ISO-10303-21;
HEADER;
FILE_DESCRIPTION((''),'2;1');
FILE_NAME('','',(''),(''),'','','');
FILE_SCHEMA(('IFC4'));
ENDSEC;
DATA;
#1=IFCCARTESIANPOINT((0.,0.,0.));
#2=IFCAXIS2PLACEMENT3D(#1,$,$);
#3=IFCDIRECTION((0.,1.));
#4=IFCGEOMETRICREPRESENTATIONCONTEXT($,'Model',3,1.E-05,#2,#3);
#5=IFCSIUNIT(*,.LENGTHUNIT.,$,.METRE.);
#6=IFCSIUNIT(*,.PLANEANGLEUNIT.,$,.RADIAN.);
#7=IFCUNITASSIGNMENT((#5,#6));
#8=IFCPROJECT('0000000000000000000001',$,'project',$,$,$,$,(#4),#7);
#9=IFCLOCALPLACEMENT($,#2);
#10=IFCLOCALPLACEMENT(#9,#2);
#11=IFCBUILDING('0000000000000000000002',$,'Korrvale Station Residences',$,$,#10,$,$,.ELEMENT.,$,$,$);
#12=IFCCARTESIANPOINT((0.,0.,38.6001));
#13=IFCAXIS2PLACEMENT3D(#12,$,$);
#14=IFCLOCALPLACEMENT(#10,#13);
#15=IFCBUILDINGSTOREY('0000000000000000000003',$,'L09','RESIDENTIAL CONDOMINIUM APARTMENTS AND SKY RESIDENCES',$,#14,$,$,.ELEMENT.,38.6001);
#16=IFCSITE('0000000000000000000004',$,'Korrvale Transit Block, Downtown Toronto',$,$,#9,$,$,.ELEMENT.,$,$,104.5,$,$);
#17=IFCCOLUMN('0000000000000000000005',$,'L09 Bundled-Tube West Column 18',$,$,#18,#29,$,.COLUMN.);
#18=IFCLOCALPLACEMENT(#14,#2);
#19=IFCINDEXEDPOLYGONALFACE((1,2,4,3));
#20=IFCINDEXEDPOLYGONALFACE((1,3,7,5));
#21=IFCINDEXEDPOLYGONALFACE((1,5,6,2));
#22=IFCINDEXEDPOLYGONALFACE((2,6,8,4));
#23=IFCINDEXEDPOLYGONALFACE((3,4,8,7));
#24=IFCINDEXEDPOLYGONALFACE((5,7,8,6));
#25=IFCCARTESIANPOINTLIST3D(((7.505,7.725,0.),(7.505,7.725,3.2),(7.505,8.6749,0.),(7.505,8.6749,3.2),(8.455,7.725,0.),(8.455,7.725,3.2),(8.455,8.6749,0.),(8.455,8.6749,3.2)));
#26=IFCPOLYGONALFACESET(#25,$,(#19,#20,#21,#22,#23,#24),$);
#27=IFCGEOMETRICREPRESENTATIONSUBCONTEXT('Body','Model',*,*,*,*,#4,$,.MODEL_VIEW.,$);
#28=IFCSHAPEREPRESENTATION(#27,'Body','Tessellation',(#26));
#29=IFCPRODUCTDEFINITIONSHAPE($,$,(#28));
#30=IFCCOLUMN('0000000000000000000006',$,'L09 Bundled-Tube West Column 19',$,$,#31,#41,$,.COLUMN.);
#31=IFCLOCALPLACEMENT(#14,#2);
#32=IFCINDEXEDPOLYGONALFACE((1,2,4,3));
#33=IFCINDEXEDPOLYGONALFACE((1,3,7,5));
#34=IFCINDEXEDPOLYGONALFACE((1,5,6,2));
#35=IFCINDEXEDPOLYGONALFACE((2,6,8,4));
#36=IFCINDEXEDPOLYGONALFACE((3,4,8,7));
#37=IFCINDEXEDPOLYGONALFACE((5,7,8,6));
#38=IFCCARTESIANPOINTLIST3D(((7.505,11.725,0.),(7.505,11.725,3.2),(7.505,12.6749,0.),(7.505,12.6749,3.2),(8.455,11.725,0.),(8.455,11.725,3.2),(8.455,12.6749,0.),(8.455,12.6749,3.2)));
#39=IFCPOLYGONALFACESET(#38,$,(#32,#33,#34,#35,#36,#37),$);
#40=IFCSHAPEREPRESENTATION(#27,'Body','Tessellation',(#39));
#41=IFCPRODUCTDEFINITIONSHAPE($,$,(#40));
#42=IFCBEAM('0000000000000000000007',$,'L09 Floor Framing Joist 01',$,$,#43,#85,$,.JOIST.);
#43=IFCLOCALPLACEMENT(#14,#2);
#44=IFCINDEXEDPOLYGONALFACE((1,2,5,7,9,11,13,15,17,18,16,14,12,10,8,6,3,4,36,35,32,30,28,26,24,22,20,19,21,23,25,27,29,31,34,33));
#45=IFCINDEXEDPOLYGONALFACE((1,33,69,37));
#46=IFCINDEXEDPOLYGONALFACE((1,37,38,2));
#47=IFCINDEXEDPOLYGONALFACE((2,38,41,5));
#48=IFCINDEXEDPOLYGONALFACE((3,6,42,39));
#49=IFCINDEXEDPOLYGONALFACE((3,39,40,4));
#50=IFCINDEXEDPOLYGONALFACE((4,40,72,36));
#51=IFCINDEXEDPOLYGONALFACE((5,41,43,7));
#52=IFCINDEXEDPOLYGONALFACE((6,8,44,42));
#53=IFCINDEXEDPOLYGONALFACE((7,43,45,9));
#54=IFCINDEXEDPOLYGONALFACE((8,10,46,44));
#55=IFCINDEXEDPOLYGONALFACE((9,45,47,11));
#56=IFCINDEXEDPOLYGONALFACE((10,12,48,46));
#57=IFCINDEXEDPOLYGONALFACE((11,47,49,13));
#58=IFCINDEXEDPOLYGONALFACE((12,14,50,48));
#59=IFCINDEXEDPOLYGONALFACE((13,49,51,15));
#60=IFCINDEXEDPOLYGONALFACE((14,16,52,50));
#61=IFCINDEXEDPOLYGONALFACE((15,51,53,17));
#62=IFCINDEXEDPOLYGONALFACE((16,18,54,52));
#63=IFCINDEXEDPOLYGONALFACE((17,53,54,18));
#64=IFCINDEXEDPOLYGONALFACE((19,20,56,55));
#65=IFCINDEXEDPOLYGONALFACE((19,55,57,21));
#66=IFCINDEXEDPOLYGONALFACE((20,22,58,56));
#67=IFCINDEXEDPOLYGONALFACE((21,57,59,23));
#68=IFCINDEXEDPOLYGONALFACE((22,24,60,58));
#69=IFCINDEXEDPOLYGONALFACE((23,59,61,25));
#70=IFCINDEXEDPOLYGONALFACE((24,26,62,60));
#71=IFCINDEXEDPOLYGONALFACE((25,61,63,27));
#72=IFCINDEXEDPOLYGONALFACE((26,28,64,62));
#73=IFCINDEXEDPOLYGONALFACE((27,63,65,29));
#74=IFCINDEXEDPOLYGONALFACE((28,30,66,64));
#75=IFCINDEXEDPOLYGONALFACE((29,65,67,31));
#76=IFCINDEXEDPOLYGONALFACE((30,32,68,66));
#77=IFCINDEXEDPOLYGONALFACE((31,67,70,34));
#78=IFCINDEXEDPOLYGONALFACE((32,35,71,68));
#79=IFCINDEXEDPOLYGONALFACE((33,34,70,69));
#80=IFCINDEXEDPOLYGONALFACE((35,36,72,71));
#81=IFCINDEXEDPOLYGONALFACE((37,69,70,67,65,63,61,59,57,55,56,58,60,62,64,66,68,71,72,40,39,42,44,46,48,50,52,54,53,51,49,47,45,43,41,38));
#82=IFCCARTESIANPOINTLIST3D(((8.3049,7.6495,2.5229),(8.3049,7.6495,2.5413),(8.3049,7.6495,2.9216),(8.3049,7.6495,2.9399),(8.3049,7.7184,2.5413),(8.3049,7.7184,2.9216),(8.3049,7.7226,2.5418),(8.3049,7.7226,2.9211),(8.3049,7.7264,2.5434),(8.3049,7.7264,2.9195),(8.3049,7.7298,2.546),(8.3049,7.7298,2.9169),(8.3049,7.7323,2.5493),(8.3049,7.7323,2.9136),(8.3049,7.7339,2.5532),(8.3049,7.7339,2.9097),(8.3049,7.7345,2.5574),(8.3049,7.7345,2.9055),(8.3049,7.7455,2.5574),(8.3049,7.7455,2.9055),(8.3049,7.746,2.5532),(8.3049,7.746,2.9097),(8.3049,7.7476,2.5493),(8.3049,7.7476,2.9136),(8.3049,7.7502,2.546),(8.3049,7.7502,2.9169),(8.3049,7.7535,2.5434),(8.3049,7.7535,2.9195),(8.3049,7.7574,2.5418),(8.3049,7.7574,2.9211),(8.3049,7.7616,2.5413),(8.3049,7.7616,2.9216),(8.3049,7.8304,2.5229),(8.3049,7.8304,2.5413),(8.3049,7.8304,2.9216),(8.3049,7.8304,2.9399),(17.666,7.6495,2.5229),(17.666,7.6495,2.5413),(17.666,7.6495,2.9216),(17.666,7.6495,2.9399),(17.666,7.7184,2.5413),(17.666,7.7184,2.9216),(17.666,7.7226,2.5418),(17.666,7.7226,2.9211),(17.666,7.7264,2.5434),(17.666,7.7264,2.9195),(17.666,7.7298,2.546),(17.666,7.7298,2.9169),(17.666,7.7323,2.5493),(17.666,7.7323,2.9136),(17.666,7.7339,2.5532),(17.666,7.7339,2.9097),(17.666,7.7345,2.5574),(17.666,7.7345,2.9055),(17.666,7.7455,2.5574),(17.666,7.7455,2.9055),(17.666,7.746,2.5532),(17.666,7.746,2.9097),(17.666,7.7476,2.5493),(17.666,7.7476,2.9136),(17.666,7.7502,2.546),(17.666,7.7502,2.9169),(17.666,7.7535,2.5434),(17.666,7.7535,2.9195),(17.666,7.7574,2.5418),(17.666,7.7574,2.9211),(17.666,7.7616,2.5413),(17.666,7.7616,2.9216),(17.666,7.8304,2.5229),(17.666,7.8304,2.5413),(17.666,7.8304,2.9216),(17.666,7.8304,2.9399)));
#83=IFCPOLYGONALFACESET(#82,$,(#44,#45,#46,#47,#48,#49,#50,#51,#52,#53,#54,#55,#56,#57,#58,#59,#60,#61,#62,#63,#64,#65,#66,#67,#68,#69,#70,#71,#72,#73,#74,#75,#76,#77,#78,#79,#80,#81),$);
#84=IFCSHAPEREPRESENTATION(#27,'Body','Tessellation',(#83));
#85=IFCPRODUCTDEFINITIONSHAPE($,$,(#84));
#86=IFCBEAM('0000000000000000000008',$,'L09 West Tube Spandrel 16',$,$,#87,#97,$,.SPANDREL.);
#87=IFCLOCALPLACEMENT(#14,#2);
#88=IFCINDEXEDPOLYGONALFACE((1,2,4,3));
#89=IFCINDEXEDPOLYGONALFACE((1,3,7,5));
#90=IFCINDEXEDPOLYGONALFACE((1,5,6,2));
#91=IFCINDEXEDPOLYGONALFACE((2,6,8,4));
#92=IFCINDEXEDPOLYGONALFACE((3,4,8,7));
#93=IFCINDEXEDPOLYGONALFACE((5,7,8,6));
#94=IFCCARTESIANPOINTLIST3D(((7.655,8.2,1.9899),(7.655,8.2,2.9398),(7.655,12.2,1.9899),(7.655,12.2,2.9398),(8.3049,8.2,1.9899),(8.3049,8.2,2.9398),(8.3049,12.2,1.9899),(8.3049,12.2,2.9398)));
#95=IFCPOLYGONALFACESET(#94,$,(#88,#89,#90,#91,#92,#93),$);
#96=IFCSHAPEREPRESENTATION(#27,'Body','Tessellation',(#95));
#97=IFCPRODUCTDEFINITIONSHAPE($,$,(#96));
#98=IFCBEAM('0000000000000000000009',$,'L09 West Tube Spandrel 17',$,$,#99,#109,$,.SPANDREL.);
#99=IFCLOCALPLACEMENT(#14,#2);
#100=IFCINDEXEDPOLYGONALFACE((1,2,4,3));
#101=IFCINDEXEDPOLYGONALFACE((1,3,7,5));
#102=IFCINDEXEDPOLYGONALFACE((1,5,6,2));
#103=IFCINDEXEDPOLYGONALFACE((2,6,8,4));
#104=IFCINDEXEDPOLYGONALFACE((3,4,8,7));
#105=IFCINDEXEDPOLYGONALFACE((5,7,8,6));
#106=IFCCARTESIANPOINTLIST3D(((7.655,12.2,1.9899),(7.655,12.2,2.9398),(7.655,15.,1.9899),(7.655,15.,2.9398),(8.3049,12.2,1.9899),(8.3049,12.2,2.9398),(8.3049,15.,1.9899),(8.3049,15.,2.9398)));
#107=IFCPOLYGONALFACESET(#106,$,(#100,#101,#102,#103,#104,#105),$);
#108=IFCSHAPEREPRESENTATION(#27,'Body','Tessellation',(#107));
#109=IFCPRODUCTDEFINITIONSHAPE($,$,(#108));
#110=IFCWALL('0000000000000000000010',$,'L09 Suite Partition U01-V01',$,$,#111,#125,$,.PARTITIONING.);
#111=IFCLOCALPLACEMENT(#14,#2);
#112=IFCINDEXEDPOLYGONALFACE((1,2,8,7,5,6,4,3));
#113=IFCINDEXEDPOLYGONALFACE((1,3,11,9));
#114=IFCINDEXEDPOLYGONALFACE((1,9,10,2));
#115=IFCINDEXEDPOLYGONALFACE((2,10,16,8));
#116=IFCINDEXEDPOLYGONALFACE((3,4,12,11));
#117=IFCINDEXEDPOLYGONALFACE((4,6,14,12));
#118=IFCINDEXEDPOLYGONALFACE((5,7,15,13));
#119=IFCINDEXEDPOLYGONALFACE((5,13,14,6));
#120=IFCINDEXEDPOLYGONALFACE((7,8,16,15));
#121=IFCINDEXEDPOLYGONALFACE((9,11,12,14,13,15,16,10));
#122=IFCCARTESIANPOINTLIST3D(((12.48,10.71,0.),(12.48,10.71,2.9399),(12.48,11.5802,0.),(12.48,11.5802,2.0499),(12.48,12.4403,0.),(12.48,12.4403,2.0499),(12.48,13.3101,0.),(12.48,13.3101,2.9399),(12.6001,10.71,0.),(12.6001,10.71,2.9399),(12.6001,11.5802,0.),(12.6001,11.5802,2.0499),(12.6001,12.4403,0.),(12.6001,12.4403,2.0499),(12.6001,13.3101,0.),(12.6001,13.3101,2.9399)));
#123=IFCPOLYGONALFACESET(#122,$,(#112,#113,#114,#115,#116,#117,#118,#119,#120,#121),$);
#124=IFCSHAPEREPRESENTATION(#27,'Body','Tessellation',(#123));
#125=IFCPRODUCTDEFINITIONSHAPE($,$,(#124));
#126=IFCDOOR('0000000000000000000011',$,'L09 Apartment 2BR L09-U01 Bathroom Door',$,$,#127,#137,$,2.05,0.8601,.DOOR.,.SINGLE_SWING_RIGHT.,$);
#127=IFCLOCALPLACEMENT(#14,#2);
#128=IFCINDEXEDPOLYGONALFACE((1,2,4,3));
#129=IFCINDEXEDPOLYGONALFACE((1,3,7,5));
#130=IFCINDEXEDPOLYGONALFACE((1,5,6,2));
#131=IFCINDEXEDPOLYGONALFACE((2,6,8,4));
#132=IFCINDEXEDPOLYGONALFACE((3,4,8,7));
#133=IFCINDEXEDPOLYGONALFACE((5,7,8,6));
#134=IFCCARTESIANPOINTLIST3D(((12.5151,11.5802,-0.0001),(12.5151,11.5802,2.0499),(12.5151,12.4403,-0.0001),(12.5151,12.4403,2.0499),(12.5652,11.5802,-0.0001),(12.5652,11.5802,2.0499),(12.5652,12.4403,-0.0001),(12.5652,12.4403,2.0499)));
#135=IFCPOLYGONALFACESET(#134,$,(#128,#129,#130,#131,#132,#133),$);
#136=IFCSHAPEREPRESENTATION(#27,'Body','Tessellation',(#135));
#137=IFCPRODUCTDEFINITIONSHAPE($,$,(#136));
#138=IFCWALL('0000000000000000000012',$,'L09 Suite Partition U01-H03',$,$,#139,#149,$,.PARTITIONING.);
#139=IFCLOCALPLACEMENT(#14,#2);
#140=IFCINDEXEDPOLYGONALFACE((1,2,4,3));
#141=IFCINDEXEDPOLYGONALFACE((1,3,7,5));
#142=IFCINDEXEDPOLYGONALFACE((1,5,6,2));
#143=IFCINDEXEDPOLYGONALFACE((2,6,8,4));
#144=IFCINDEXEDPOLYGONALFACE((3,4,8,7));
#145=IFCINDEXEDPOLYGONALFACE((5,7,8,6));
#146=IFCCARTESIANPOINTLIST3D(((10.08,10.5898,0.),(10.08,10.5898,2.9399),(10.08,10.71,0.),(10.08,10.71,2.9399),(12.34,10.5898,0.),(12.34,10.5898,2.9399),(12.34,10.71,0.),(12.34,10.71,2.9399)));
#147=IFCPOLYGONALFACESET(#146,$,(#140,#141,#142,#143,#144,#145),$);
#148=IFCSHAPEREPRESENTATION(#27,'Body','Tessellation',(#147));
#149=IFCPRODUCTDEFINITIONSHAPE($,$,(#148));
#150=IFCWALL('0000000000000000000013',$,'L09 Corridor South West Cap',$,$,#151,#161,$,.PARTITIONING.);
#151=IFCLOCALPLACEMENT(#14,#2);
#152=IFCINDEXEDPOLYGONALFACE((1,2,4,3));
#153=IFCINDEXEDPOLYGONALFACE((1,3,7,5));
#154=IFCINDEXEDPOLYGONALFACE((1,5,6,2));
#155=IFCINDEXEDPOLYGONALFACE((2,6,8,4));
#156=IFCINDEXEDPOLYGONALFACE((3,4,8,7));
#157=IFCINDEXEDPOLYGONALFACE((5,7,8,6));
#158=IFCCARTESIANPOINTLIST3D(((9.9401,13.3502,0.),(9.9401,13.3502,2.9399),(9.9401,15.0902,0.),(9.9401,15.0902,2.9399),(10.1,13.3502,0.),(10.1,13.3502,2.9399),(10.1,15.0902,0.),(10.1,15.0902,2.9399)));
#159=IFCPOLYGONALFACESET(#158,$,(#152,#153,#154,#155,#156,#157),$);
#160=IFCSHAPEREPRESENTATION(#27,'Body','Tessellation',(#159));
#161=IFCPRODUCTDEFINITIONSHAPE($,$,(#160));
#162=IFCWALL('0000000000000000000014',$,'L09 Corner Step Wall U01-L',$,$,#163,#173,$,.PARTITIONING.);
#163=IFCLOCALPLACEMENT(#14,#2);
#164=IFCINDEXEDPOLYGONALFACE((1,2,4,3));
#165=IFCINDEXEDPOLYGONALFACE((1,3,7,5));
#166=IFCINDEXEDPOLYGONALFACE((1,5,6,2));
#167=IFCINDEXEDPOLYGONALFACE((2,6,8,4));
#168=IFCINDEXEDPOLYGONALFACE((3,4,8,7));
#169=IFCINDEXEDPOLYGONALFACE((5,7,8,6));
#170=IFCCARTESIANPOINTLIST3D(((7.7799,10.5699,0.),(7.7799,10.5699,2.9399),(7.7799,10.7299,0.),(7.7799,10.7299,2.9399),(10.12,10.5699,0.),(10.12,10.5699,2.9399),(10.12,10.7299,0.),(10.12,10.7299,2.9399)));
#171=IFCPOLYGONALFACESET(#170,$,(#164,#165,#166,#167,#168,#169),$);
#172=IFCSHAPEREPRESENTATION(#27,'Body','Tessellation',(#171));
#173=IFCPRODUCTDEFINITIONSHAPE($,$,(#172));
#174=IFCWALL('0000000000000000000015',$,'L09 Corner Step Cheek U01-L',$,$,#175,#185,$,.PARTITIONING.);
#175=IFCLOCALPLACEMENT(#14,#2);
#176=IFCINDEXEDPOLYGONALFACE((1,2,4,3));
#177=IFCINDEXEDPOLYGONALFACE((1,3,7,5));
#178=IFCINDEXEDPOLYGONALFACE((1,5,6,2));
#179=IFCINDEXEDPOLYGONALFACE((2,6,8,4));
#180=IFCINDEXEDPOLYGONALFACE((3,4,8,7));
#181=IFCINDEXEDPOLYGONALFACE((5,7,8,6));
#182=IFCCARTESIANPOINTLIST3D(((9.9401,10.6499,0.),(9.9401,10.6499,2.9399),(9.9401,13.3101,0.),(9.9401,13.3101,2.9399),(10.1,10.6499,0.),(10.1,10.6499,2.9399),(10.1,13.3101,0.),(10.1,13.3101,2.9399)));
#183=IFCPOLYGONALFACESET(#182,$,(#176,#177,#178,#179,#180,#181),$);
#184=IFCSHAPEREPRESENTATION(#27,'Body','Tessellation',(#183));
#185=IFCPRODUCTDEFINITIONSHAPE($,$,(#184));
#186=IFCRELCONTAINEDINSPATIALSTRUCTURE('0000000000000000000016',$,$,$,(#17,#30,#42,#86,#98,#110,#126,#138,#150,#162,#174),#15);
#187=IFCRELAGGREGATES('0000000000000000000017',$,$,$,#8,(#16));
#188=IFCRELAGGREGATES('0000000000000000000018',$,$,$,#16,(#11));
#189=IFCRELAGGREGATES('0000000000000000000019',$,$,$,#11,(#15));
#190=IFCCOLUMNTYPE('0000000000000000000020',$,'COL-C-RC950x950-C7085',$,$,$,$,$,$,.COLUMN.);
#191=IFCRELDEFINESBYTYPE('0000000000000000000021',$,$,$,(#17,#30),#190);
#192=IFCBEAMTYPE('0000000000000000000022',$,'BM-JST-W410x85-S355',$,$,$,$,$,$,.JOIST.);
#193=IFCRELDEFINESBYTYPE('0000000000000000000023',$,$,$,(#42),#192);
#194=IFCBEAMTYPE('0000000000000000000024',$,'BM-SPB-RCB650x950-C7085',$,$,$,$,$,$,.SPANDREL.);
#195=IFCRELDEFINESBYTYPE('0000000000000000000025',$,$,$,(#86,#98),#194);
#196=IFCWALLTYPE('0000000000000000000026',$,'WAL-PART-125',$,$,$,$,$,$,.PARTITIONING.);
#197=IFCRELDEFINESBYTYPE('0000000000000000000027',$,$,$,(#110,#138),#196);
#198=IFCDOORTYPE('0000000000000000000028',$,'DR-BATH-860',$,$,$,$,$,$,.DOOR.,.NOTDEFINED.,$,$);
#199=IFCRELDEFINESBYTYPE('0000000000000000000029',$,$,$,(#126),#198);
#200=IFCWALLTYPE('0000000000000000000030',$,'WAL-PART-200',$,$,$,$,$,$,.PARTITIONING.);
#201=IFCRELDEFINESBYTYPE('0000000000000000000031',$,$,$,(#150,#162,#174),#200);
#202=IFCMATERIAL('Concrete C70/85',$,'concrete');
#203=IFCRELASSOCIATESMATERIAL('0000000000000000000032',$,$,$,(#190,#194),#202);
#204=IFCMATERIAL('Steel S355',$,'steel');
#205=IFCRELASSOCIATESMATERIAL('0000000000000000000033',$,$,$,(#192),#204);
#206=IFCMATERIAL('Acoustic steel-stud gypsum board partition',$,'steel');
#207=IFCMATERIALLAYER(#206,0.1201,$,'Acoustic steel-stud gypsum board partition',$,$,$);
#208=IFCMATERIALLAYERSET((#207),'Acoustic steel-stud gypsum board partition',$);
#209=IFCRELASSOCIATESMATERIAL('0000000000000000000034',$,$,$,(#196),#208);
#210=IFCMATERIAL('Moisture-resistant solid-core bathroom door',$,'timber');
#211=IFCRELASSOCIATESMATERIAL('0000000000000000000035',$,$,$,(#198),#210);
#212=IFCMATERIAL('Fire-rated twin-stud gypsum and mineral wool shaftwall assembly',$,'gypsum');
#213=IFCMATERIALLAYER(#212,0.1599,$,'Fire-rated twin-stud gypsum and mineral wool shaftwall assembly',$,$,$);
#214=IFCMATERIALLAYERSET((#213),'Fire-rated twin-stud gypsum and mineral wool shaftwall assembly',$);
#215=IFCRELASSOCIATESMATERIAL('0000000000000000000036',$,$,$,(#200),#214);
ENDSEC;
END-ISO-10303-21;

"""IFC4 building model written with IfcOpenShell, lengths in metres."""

from ifc_helpers import new_model, si_unit, direction, frame, frame_2d, origin, origin_2d, place, context, subcontext, project, spatial, rectangle, i_section, extrude, material, layer, layer_set, material_profile, profile_set, type_object, element, fill, save


model = new_model("IFC4")

# Units and contexts
model_context = context("Model", 3, precision=1e-05, world=origin(), true_north=direction((0.0, 1.0)))
body_context = subcontext(model_context, "Body", "Model", "MODEL_VIEW")
ifc_project = project(units=[si_unit("LENGTHUNIT", "METRE"), si_unit("PLANEANGLEUNIT", "RADIAN")], contexts=[model_context])

# Site, building, storey
site_placement = place(None, origin())
site = spatial("IfcSite", under=ifc_project, at=site_placement, Name="Korrvale Transit Block, Downtown Toronto", CompositionType="ELEMENT", RefElevation=104.5)
building_placement = place(site_placement, origin())
building = spatial("IfcBuilding", under=site, at=building_placement, Name="Korrvale Station Residences", CompositionType="ELEMENT")
storey_placement = place(building_placement, frame((0.0, 0.0, 38.6001)))
storey = spatial("IfcBuildingStorey", under=building, at=storey_placement, Name="L09", Description="RESIDENTIAL CONDOMINIUM APARTMENTS AND SKY RESIDENCES", CompositionType="ELEMENT", Elevation=38.6001)

# Columns
ifc_material_1 = material(Name="Concrete C70/85", Category="concrete")
ifc_material_profile_1 = material_profile(ifc_material_1, rectangle(XDim=0.95, YDim=0.95, at=origin_2d()), Name="RC950x950")
ifc_profile_set_1 = profile_set([ifc_material_profile_1], Name="Concrete C70/85")
column_type = type_object("IfcColumnType", Name="COL-C-RC950x950-C7085", PredefinedType="COLUMN", material=ifc_profile_set_1)
for number, where, z_axis, x_axis, name in (
    (1, (7.98, 8.2, 0.0), (0.0, 0.0, 1.0), (1.0, 0.0, 0.0), "L09 Bundled-Tube West Column 18"),
    (2, (7.98, 12.2, 0.0), (0.0, 0.0, 1.0), (1.0, 0.0, 0.0), "L09 Bundled-Tube West Column 19"),
):
    element("IfcColumn", number, at=place(storey_placement, frame(where, z_axis=z_axis, x_axis=x_axis)), inside=storey, type_object=column_type, Name=name, PredefinedType="COLUMN", context=body_context, shape_type="SweptSolid", body=[
        extrude(rectangle(XDim=0.95, YDim=0.95, at=origin_2d()), origin(), (0.0, 0.0, 1.0), 3.2),
    ])

# Beams
ifc_material_2 = material(Name="Steel S355", Category="steel")
ifc_material_profile_2 = material_profile(ifc_material_2, i_section(OverallWidth=0.1809, OverallDepth=0.417, WebThickness=0.011, FlangeThickness=0.0183, FilletRadius=0.0161, at=origin_2d()), Name="W410x85")
ifc_profile_set_2 = profile_set([ifc_material_profile_2], Name="Steel S355")
beam_type_1 = type_object("IfcBeamType", Name="BM-JST-W410x85-S355", PredefinedType="JOIST", material=ifc_profile_set_2)
beam_1_placement = place(storey_placement, frame((8.3049, 7.74, 2.7314), z_axis=(1.0, 0.0, 0.0), x_axis=(0.0, 1.0, 0.0)))
element("IfcBeam", 3, at=beam_1_placement, inside=storey, type_object=beam_type_1, Name="L09 Floor Framing Joist 01", PredefinedType="JOIST", context=body_context, shape_type="SweptSolid", body=[
    extrude(i_section(OverallWidth=0.1809, OverallDepth=0.417, WebThickness=0.011, FlangeThickness=0.0183, FilletRadius=0.0161, at=origin_2d()), origin(), (0.0, 0.0, 1.0), 9.3611),
])
ifc_material_profile_3 = material_profile(ifc_material_1, rectangle(XDim=0.6499, YDim=0.95, at=origin_2d()), Name="RCB650x950")
ifc_profile_set_3 = profile_set([ifc_material_profile_3], Name="Concrete C70/85")
beam_type_2 = type_object("IfcBeamType", Name="BM-SPB-RCB650x950-C7085", PredefinedType="SPANDREL", material=ifc_profile_set_3)
beam_2_placement = place(storey_placement, frame((7.98, 8.2, 2.4648), z_axis=(0.0, 1.0, 0.0), x_axis=(-1.0, 0.0, 0.0)))
element("IfcBeam", 4, at=beam_2_placement, inside=storey, type_object=beam_type_2, Name="L09 West Tube Spandrel 16", PredefinedType="SPANDREL", context=body_context, shape_type="SweptSolid", body=[
    extrude(rectangle(XDim=0.6499, YDim=0.95, at=origin_2d()), origin(), (0.0, 0.0, 1.0), 4.0),
])
beam_3_placement = place(storey_placement, frame((7.98, 12.2, 2.4648), z_axis=(0.0, 1.0, 0.0), x_axis=(-1.0, 0.0, 0.0)))
element("IfcBeam", 5, at=beam_3_placement, inside=storey, type_object=beam_type_2, Name="L09 West Tube Spandrel 17", PredefinedType="SPANDREL", context=body_context, shape_type="SweptSolid", body=[
    extrude(rectangle(XDim=0.6499, YDim=0.95, at=origin_2d()), origin(), (0.0, 0.0, 1.0), 2.8),
])

# Wall, opening, door
ifc_material_3 = material(Name="Acoustic steel-stud gypsum board partition", Category="steel")
ifc_layer_1 = layer(ifc_material_3, 0.1201, Name="Acoustic steel-stud gypsum board partition")
ifc_layer_set_1 = layer_set([ifc_layer_1], Name="Acoustic steel-stud gypsum board partition")
wall_type_1 = type_object("IfcWallType", Name="WAL-PART-125", PredefinedType="PARTITIONING", material=ifc_layer_set_1)
wall_1_placement = place(storey_placement, frame((12.54, 10.71, 0.0), z_axis=(0.0, 0.0, 1.0), x_axis=(0.0, 1.0, 0.0)))
wall_1 = element("IfcWall", 6, at=wall_1_placement, inside=storey, type_object=wall_type_1, Name="L09 Suite Partition U01-V01", PredefinedType="PARTITIONING", context=body_context, shape_type="SweptSolid", body=[
    extrude(rectangle(XDim=2.6001, YDim=0.1201, at=frame_2d((1.3, 0.0))), origin(), (0.0, 0.0, 1.0), 2.9399),
])
opening_1_placement = place(wall_1_placement, frame((0.8701, 0.0, 0.0)))
opening_1 = element("IfcOpeningElement", 7, at=opening_1_placement, cuts=wall_1, PredefinedType="OPENING", context=body_context, shape_type="SweptSolid", body=[
    extrude(rectangle(XDim=0.8601, YDim=2.05, at=frame_2d((0.4302, 1.0249))), frame((0.0, 0.0701, 0.0), z_axis=(0.0, -1.0, 0.0), x_axis=(1.0, 0.0, 0.0)), (0.0, 0.0, 1.0), 0.1401),
])
ifc_material_4 = material(Name="Moisture-resistant solid-core bathroom door", Category="timber")
door_type_1 = type_object("IfcDoorType", Name="DR-BATH-860", OperationType="NOTDEFINED", PredefinedType="DOOR", material=ifc_material_4)
door_1_placement = place(opening_1_placement, origin())
door_1 = element("IfcDoor", 8, at=door_1_placement, inside=storey, type_object=door_type_1, Name="L09 Apartment 2BR L09-U01 Bathroom Door", OperationType="SINGLE_SWING_RIGHT", OverallHeight=2.05, OverallWidth=0.8601, PredefinedType="DOOR", context=body_context, shape_type="SweptSolid", body=[
    extrude(rectangle(XDim=0.8601, YDim=2.05, at=frame_2d((0.4302, 1.0249))), frame((0.0, 0.0249, 0.0), z_axis=(0.0, -1.0, 0.0), x_axis=(1.0, 0.0, 0.0)), (0.0, 0.0, 1.0), 0.05),
])
fill(opening_1, door_1)

# Walls
wall_2_placement = place(storey_placement, frame((10.0801, 10.6499, 0.0), z_axis=(0.0, 0.0, 1.0), x_axis=(1.0, 0.0, 0.0)))
element("IfcWall", 9, at=wall_2_placement, inside=storey, type_object=wall_type_1, Name="L09 Suite Partition U01-H03", PredefinedType="PARTITIONING", context=body_context, shape_type="SweptSolid", body=[
    extrude(rectangle(XDim=2.26, YDim=0.1201, at=frame_2d((1.1299, 0.0))), origin(), (0.0, 0.0, 1.0), 2.9399),
])
ifc_material_5 = material(Name="Fire-rated twin-stud gypsum and mineral wool shaftwall assembly", Category="gypsum")
ifc_layer_2 = layer(ifc_material_5, 0.1599, Name="Fire-rated twin-stud gypsum and mineral wool shaftwall assembly")
ifc_layer_set_2 = layer_set([ifc_layer_2], Name="Fire-rated twin-stud gypsum and mineral wool shaftwall assembly")
wall_type_2 = type_object("IfcWallType", Name="WAL-PART-200", PredefinedType="PARTITIONING", material=ifc_layer_set_2)
wall_3_placement = place(storey_placement, frame((10.02, 13.3501, 0.0), z_axis=(0.0, 0.0, 1.0), x_axis=(0.0, 1.0, 0.0)))
element("IfcWall", 10, at=wall_3_placement, inside=storey, type_object=wall_type_2, Name="L09 Corridor South West Cap", PredefinedType="PARTITIONING", context=body_context, shape_type="SweptSolid", body=[
    extrude(rectangle(XDim=1.74, YDim=0.1599, at=frame_2d((0.8701, 0.0))), origin(), (0.0, 0.0, 1.0), 2.9399),
])
wall_4_placement = place(storey_placement, frame((7.78, 10.6499, 0.0), z_axis=(0.0, 0.0, 1.0), x_axis=(1.0, 0.0, 0.0)))
element("IfcWall", 11, at=wall_4_placement, inside=storey, type_object=wall_type_2, Name="L09 Corner Step Wall U01-L", PredefinedType="PARTITIONING", context=body_context, shape_type="SweptSolid", body=[
    extrude(rectangle(XDim=2.3401, YDim=0.1599, at=frame_2d((1.1699, 0.0))), origin(), (0.0, 0.0, 1.0), 2.9399),
])
wall_5_placement = place(storey_placement, frame((10.02, 10.6499, 0.0), z_axis=(0.0, 0.0, 1.0), x_axis=(0.0, 1.0, 0.0)))
element("IfcWall", 12, at=wall_5_placement, inside=storey, type_object=wall_type_2, Name="L09 Corner Step Cheek U01-L", PredefinedType="PARTITIONING", context=body_context, shape_type="SweptSolid", body=[
    extrude(rectangle(XDim=2.6602, YDim=0.1599, at=frame_2d((1.3301, 0.0))), origin(), (0.0, 0.0, 1.0), 2.9399),
])

save(model, "model.ifc")
